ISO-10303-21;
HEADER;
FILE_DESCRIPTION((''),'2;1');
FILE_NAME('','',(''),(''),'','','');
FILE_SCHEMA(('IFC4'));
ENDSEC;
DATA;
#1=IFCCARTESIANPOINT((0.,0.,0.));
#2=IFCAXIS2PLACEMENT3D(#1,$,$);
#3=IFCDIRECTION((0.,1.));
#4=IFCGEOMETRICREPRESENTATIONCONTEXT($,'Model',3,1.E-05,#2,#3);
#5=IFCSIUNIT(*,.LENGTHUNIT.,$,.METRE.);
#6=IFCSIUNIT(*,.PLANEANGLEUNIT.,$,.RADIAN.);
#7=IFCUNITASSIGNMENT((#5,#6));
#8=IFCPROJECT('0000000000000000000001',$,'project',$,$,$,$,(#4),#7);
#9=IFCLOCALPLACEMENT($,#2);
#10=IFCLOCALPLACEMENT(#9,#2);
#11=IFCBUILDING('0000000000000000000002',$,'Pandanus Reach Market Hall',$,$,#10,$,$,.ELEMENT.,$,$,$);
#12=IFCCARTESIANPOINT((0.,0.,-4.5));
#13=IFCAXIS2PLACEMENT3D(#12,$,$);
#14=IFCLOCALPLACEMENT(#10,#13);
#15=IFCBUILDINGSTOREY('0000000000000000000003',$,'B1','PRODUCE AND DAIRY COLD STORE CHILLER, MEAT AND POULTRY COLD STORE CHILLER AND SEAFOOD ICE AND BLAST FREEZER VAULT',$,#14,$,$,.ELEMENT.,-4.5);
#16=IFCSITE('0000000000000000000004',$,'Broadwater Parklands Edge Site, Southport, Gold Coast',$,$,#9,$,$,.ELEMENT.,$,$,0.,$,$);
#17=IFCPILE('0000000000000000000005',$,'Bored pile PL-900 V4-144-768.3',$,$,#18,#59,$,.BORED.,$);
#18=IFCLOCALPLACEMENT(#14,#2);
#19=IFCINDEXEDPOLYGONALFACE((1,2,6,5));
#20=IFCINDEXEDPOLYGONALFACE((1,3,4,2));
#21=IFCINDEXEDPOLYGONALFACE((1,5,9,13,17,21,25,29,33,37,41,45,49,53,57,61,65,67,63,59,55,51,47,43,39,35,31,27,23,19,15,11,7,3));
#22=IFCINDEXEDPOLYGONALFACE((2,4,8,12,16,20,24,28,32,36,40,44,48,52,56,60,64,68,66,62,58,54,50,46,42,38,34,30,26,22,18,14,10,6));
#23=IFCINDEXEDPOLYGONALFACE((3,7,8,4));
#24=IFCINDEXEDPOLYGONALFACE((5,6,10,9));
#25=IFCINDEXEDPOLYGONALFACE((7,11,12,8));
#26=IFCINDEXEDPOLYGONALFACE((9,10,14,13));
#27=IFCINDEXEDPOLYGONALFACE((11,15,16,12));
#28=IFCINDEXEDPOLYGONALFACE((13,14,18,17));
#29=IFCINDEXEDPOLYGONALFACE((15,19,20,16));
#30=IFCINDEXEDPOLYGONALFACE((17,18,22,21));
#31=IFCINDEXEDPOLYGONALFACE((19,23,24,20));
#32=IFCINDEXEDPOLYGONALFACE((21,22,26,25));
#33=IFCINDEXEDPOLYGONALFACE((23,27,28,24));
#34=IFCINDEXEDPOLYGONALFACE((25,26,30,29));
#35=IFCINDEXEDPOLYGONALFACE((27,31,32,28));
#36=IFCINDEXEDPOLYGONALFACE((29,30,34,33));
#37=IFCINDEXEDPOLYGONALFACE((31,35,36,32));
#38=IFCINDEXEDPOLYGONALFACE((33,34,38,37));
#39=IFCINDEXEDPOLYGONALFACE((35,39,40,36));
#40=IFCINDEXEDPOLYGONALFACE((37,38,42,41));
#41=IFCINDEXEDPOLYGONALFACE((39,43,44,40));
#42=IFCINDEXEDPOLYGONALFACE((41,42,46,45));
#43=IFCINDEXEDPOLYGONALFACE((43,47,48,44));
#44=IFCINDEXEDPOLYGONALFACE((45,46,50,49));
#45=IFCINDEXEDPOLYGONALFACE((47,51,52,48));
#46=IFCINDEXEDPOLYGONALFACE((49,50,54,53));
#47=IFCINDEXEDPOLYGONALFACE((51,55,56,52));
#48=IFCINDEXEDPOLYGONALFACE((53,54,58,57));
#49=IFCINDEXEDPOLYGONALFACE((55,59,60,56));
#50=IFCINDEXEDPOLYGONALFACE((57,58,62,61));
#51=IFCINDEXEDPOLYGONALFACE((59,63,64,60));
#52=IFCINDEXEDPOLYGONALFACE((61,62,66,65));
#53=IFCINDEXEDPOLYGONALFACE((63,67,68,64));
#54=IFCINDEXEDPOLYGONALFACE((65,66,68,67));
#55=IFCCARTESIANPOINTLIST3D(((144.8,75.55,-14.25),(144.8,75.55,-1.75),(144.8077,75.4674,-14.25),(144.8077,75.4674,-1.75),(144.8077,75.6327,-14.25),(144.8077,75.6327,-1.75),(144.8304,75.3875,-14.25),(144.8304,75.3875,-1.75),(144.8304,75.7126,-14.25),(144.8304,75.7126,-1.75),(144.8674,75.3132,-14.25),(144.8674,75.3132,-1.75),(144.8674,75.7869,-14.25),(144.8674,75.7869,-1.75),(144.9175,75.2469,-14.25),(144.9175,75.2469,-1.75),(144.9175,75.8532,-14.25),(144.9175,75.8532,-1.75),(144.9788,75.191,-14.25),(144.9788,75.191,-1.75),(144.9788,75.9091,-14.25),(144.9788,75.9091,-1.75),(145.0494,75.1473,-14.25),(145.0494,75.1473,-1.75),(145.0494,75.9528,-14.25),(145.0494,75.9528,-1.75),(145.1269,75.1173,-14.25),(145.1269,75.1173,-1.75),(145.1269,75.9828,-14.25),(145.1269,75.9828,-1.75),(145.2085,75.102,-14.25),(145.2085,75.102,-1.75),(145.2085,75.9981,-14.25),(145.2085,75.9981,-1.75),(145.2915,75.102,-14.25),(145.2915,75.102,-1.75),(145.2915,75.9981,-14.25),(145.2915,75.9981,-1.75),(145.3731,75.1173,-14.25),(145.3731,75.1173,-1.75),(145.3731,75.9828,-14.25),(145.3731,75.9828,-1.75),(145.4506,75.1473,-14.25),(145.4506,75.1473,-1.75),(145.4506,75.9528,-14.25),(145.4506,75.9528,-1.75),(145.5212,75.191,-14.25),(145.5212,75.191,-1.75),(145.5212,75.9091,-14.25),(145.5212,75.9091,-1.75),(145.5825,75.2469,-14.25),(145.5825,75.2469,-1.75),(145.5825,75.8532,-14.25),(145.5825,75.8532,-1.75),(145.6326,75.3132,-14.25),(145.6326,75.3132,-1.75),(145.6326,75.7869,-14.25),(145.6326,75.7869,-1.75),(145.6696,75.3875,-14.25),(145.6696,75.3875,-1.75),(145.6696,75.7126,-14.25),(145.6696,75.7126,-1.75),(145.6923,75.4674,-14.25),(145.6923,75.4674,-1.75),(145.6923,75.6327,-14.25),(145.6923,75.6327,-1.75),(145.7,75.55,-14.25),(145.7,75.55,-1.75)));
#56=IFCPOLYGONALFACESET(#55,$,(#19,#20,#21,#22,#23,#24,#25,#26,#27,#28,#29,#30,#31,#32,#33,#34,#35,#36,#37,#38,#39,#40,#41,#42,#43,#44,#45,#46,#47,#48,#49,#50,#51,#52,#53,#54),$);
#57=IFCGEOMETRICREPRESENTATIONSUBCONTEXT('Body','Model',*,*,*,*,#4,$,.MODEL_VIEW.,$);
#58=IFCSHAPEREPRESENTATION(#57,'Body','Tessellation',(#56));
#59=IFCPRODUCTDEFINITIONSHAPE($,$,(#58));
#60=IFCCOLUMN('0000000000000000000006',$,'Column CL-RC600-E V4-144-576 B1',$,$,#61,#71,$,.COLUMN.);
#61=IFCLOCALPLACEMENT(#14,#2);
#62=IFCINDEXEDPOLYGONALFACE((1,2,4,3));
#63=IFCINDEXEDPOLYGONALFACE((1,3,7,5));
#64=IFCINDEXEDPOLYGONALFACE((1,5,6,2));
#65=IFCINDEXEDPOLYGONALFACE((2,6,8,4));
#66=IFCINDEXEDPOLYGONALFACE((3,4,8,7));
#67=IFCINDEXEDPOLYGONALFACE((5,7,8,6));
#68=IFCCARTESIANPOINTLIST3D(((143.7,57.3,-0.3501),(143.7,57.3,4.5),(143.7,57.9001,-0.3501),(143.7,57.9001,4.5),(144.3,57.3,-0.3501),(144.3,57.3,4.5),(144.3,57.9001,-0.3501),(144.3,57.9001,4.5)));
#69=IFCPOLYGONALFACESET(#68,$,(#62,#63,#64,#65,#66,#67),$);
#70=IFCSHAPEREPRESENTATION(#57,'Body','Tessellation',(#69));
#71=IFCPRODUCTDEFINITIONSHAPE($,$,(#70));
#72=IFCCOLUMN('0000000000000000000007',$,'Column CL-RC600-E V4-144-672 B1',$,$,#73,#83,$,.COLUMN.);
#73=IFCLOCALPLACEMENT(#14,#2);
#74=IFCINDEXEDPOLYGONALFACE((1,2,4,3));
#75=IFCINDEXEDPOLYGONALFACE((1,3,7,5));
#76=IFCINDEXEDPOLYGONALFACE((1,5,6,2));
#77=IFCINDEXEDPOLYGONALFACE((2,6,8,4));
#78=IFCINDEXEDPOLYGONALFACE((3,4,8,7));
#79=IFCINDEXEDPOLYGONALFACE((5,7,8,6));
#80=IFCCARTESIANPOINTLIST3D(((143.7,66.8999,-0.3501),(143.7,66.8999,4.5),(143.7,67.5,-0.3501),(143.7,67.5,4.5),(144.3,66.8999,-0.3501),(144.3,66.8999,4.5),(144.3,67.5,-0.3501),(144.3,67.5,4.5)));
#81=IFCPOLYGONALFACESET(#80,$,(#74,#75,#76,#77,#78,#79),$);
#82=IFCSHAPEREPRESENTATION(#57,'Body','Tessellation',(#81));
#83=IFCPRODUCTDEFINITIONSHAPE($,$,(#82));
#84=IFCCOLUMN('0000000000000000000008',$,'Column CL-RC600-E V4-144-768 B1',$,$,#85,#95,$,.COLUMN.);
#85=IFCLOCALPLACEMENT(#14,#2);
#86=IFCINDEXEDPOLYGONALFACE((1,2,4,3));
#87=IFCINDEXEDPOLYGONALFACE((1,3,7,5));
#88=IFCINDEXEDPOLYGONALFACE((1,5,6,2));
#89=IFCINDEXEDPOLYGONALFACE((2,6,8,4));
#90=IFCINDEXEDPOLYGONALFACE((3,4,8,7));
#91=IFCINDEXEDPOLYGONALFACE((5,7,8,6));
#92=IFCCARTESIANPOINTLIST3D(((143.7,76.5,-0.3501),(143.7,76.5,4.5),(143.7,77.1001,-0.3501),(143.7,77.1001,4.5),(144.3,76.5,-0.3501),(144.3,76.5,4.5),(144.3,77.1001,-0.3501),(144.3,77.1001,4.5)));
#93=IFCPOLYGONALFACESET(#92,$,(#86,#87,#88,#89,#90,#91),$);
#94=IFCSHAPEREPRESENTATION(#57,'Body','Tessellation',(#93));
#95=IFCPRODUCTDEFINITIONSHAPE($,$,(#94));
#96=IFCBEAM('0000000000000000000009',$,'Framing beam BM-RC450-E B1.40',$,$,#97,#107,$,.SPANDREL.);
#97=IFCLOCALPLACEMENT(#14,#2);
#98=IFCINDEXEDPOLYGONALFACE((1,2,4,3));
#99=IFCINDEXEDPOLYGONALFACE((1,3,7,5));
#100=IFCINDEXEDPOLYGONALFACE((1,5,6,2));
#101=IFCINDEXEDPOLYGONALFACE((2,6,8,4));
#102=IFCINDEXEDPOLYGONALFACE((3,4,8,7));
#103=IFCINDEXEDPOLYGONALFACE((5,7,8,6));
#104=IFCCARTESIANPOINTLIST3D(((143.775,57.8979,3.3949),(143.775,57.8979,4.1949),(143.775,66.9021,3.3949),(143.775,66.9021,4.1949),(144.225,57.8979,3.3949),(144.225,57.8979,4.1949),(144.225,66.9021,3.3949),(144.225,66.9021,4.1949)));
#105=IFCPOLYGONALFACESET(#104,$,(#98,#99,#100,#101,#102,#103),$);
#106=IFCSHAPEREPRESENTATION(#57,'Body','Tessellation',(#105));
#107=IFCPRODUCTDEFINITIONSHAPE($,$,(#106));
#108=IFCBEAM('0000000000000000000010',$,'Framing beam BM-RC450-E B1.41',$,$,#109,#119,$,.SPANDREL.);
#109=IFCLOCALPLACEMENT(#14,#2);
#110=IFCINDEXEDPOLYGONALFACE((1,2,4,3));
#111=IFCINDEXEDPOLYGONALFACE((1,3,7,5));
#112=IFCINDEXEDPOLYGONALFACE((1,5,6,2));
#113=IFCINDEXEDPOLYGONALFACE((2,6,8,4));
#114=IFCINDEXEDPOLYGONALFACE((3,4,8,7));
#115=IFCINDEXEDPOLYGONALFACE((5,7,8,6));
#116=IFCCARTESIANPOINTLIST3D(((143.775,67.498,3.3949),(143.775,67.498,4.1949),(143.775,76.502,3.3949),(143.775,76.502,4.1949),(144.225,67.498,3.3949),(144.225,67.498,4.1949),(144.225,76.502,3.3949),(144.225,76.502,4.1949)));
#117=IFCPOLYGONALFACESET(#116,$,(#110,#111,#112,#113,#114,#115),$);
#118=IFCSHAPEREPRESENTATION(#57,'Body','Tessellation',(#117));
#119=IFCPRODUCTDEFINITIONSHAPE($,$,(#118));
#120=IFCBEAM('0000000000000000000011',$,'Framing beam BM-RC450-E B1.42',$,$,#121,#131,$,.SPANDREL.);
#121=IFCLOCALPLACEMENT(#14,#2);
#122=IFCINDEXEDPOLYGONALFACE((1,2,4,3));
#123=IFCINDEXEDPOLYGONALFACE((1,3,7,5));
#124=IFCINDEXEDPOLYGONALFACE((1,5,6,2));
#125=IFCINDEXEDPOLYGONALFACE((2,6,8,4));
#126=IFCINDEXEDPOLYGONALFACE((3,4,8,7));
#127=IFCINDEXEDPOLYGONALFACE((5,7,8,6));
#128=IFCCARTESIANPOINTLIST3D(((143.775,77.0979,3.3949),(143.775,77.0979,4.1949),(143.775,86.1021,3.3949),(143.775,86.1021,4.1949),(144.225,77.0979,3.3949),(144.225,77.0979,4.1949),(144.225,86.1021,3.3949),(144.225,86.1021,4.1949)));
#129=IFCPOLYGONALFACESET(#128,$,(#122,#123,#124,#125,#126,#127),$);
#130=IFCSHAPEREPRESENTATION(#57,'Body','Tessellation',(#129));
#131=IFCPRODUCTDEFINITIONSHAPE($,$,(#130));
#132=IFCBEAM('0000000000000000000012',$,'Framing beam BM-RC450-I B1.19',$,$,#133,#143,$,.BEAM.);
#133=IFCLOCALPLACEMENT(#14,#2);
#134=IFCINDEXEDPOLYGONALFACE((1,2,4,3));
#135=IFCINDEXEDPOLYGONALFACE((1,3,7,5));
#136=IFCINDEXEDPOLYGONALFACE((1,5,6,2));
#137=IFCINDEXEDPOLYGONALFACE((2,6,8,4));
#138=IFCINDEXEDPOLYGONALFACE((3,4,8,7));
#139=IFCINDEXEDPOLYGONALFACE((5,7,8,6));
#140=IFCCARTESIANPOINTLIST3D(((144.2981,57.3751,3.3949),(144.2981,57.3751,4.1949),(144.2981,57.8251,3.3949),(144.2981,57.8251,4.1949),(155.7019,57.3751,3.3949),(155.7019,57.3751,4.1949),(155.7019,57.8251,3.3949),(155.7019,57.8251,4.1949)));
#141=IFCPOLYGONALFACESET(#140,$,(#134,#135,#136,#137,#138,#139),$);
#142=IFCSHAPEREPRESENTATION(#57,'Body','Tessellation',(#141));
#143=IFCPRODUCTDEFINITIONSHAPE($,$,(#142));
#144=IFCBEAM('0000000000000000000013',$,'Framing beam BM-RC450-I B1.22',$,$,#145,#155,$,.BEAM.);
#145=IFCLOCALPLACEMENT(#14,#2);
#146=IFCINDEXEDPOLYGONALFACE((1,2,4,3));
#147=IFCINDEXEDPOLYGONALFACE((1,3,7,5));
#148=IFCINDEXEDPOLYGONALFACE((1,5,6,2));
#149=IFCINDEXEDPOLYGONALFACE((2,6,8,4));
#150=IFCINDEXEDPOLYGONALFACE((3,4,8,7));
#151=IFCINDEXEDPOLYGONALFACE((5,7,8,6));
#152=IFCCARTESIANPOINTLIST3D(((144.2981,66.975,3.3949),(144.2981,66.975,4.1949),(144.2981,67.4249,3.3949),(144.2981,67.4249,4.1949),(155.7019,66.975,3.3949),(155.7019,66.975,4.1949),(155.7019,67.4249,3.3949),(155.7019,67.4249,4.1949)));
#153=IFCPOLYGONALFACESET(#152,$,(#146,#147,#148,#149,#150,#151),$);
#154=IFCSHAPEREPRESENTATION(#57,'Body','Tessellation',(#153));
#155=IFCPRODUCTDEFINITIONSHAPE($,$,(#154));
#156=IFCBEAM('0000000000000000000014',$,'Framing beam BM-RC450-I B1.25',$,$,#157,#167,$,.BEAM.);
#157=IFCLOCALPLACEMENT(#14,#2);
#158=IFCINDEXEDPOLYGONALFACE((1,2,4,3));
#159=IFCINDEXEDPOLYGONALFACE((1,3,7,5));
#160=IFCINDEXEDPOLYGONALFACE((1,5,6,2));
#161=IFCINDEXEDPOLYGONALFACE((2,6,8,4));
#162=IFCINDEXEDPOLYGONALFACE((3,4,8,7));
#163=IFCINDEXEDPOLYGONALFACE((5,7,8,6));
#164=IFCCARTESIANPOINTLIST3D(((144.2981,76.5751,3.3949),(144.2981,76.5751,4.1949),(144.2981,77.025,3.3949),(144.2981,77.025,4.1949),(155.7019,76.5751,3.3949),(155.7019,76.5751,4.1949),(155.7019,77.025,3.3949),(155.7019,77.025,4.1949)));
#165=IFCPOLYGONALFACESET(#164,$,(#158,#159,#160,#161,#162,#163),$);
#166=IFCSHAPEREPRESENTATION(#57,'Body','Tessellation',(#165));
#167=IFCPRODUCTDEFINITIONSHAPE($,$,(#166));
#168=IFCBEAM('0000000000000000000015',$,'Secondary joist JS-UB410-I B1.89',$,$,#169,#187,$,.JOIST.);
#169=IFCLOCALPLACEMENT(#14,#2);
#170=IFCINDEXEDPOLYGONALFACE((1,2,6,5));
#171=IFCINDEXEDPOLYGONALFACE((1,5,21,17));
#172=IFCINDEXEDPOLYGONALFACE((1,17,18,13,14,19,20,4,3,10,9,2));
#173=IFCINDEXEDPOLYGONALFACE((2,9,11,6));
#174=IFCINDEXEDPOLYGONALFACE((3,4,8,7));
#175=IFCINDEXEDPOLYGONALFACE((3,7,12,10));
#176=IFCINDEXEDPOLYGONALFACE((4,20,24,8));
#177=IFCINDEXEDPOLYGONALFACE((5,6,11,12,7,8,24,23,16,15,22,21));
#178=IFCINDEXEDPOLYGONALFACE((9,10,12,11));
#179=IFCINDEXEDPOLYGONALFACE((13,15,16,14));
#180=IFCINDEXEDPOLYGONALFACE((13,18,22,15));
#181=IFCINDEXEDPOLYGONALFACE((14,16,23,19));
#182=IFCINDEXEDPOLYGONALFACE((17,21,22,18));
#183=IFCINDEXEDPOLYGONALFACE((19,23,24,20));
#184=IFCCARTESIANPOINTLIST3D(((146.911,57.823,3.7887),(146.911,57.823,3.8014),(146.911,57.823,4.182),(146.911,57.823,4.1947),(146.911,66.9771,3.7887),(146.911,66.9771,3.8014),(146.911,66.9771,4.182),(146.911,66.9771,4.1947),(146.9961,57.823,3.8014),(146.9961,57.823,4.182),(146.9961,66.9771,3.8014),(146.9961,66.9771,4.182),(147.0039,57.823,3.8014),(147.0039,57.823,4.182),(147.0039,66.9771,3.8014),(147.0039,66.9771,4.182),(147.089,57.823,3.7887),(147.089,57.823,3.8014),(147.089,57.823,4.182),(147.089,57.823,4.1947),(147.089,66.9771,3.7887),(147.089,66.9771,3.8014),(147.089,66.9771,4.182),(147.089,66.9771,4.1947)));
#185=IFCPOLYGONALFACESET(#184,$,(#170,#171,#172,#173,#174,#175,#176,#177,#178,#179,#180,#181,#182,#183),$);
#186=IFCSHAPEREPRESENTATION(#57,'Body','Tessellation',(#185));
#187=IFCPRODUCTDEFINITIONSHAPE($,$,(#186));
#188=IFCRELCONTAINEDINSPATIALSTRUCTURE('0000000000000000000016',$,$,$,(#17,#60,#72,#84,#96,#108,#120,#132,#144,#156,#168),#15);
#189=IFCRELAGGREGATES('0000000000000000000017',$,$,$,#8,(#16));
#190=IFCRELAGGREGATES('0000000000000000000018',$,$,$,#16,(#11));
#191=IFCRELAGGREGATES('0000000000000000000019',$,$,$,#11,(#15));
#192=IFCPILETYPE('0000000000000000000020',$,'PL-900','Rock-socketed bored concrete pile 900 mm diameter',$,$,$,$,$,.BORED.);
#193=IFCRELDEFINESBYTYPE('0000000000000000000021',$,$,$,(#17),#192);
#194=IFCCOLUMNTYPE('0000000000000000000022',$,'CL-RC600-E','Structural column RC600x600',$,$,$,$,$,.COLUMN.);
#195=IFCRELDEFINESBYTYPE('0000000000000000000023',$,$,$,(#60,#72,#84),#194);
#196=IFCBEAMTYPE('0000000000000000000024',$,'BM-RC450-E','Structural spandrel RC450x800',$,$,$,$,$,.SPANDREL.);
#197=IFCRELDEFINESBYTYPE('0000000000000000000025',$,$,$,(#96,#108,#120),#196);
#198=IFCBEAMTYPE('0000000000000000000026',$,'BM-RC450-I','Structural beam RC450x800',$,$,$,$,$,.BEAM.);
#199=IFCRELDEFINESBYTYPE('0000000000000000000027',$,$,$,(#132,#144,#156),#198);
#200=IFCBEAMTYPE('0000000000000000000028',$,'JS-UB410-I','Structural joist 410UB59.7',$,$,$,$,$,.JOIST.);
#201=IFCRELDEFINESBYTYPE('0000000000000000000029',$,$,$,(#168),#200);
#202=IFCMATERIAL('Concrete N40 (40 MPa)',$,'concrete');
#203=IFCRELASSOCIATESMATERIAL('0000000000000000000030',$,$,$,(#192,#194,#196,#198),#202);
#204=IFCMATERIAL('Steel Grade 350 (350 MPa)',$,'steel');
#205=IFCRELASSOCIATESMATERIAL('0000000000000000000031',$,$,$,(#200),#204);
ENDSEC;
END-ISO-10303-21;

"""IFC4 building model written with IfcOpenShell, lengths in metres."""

from ifc_helpers import new_model, si_unit, direction, frame, origin, origin_2d, place, context, subcontext, project, spatial, rectangle, circle, i_section, extrude, material, material_profile, profile_set, type_object, element, save


model = new_model("IFC4")

# Units and contexts
model_context = context("Model", 3, precision=1e-05, world=origin(), true_north=direction((0.0, 1.0)))
body_context = subcontext(model_context, "Body", "Model", "MODEL_VIEW")
ifc_project = project(units=[si_unit("LENGTHUNIT", "METRE"), si_unit("PLANEANGLEUNIT", "RADIAN")], contexts=[model_context])

# Site, building, storey
site_placement = place(None, origin())
site = spatial("IfcSite", under=ifc_project, at=site_placement, Name="Broadwater Parklands Edge Site, Southport, Gold Coast", CompositionType="ELEMENT", RefElevation=0.0)
building_placement = place(site_placement, origin())
building = spatial("IfcBuilding", under=site, at=building_placement, Name="Pandanus Reach Market Hall", CompositionType="ELEMENT")
storey_placement = place(building_placement, frame((0.0, 0.0, -4.5)))
storey = spatial("IfcBuildingStorey", under=building, at=storey_placement, Name="B1", Description="PRODUCE AND DAIRY COLD STORE CHILLER, MEAT AND POULTRY COLD STORE CHILLER AND SEAFOOD ICE AND BLAST FREEZER VAULT", CompositionType="ELEMENT", Elevation=-4.5)

# Shared definitions
ifc_material_1 = material(Name="Concrete N40 (40 MPa)", Category="concrete")

# Pile
ifc_material_profile_1 = material_profile(ifc_material_1, circle(Radius=0.45, at=origin_2d()), Name="PILE-900D", Category="LoadBearing")
ifc_profile_set_1 = profile_set([ifc_material_profile_1], Name="Concrete N40 (40 MPa)")
pile_type_1 = type_object("IfcPileType", Name="PL-900", Description="Rock-socketed bored concrete pile 900 mm diameter", PredefinedType="BORED", material=ifc_profile_set_1)
for number, where, z_axis, x_axis, name in (
    (1, (145.25, 75.55, -1.75), (0.0, 0.0, -1.0), (1.0, 0.0, 0.0), "Bored pile PL-900 V4-144-768.3"),
):
    element("IfcPile", number, at=place(storey_placement, frame(where, z_axis=z_axis, x_axis=x_axis)), inside=storey, type_object=pile_type_1, Name=name, PredefinedType="BORED", context=body_context, shape_type="SweptSolid", body=[
        extrude(circle(Radius=0.45, at=origin_2d()), origin(), (0.0, 0.0, 1.0), 12.5),
    ])

# Columns
ifc_material_profile_2 = material_profile(ifc_material_1, rectangle(XDim=0.6001, YDim=0.6001, at=origin_2d()), Name="RC600x600", Category="LoadBearing")
ifc_profile_set_2 = profile_set([ifc_material_profile_2], Name="Concrete N40 (40 MPa)")
column_type = type_object("IfcColumnType", Name="CL-RC600-E", Description="Structural column RC600x600", PredefinedType="COLUMN", material=ifc_profile_set_2)
for number, where, z_axis, x_axis, name in (
    (2, (144.0, 57.6001, -0.3501), (0.0, 0.0, 1.0), (1.0, 0.0, 0.0), "Column CL-RC600-E V4-144-576 B1"),
    (3, (144.0, 67.2, -0.3501), (0.0, 0.0, 1.0), (1.0, 0.0, 0.0), "Column CL-RC600-E V4-144-672 B1"),
    (4, (144.0, 76.8, -0.3501), (0.0, 0.0, 1.0), (1.0, 0.0, 0.0), "Column CL-RC600-E V4-144-768 B1"),
):
    element("IfcColumn", number, at=place(storey_placement, frame(where, z_axis=z_axis, x_axis=x_axis)), inside=storey, type_object=column_type, Name=name, PredefinedType="COLUMN", context=body_context, shape_type="SweptSolid", body=[
        extrude(rectangle(XDim=0.6001, YDim=0.6001, at=origin_2d()), origin(), (0.0, 0.0, 1.0), 4.8501),
    ])

# Beams
ifc_material_profile_3 = material_profile(ifc_material_1, rectangle(XDim=0.45, YDim=0.8, at=origin_2d()), Name="RC450x800", Category="LoadBearing")
ifc_profile_set_3 = profile_set([ifc_material_profile_3], Name="Concrete N40 (40 MPa)")
beam_type_1 = type_object("IfcBeamType", Name="BM-RC450-E", Description="Structural spandrel RC450x800", PredefinedType="SPANDREL", material=ifc_profile_set_3)
beam_1_placement = place(storey_placement, frame((144.0, 57.8979, 3.7949), z_axis=(0.0, 1.0, 0.0), x_axis=(-1.0, 0.0, 0.0)))
element("IfcBeam", 5, at=beam_1_placement, inside=storey, type_object=beam_type_1, Name="Framing beam BM-RC450-E B1.40", PredefinedType="SPANDREL", context=body_context, shape_type="SweptSolid", body=[
    extrude(rectangle(XDim=0.45, YDim=0.8, at=origin_2d()), origin(), (0.0, 0.0, 1.0), 9.0042),
])
beam_2_placement = place(storey_placement, frame((144.0, 67.498, 3.7949), z_axis=(0.0, 1.0, 0.0), x_axis=(-1.0, 0.0, 0.0)))
element("IfcBeam", 6, at=beam_2_placement, inside=storey, type_object=beam_type_1, Name="Framing beam BM-RC450-E B1.41", PredefinedType="SPANDREL", context=body_context, shape_type="SweptSolid", body=[
    extrude(rectangle(XDim=0.45, YDim=0.8, at=origin_2d()), origin(), (0.0, 0.0, 1.0), 9.0039),
])
beam_3_placement = place(storey_placement, frame((144.0, 77.0979, 3.7949), z_axis=(0.0, 1.0, 0.0), x_axis=(-1.0, 0.0, 0.0)))
element("IfcBeam", 7, at=beam_3_placement, inside=storey, type_object=beam_type_1, Name="Framing beam BM-RC450-E B1.42", PredefinedType="SPANDREL", context=body_context, shape_type="SweptSolid", body=[
    extrude(rectangle(XDim=0.45, YDim=0.8, at=origin_2d()), origin(), (0.0, 0.0, 1.0), 9.0042),
])
ifc_material_profile_4 = material_profile(ifc_material_1, rectangle(XDim=0.45, YDim=0.8, at=origin_2d()), Name="RC450x800", Category="LoadBearing")
ifc_profile_set_4 = profile_set([ifc_material_profile_4], Name="Concrete N40 (40 MPa)")
beam_type_2 = type_object("IfcBeamType", Name="BM-RC450-I", Description="Structural beam RC450x800", PredefinedType="BEAM", material=ifc_profile_set_4)
for number, where, z_axis, x_axis, name in (
    (8, (144.2981, 57.6001, 3.7949), (1.0, 0.0, 0.0), (0.0, 1.0, 0.0), "Framing beam BM-RC450-I B1.19"),
    (9, (144.2981, 67.2, 3.7949), (1.0, 0.0, 0.0), (0.0, 1.0, 0.0), "Framing beam BM-RC450-I B1.22"),
    (10, (144.2981, 76.8, 3.7949), (1.0, 0.0, 0.0), (0.0, 1.0, 0.0), "Framing beam BM-RC450-I B1.25"),
):
    element("IfcBeam", number, at=place(storey_placement, frame(where, z_axis=z_axis, x_axis=x_axis)), inside=storey, type_object=beam_type_2, Name=name, PredefinedType="BEAM", context=body_context, shape_type="SweptSolid", body=[
        extrude(rectangle(XDim=0.45, YDim=0.8, at=origin_2d()), origin(), (0.0, 0.0, 1.0), 11.4038),
    ])
ifc_material_2 = material(Name="Steel Grade 350 (350 MPa)", Category="steel")
ifc_material_profile_5 = material_profile(ifc_material_2, i_section(OverallWidth=0.178, OverallDepth=0.406, WebThickness=0.0078, FlangeThickness=0.0127, at=origin_2d()), Name="410UB59.7", Category="LoadBearing")
ifc_profile_set_5 = profile_set([ifc_material_profile_5], Name="Steel Grade 350 (350 MPa)")
beam_type_3 = type_object("IfcBeamType", Name="JS-UB410-I", Description="Structural joist 410UB59.7", PredefinedType="JOIST", material=ifc_profile_set_5)
for number, where, z_axis, x_axis, name in (
    (11, (147.0, 57.823, 3.9917), (0.0, 1.0, 0.0), (-1.0, 0.0, 0.0), "Secondary joist JS-UB410-I B1.89"),
):
    element("IfcBeam", number, at=place(storey_placement, frame(where, z_axis=z_axis, x_axis=x_axis)), inside=storey, type_object=beam_type_3, Name=name, PredefinedType="JOIST", context=body_context, shape_type="SweptSolid", body=[
        extrude(i_section(OverallWidth=0.178, OverallDepth=0.406, WebThickness=0.0078, FlangeThickness=0.0127, at=origin_2d()), origin(), (0.0, 0.0, 1.0), 9.1541),
    ])

save(model, "model.ifc")
